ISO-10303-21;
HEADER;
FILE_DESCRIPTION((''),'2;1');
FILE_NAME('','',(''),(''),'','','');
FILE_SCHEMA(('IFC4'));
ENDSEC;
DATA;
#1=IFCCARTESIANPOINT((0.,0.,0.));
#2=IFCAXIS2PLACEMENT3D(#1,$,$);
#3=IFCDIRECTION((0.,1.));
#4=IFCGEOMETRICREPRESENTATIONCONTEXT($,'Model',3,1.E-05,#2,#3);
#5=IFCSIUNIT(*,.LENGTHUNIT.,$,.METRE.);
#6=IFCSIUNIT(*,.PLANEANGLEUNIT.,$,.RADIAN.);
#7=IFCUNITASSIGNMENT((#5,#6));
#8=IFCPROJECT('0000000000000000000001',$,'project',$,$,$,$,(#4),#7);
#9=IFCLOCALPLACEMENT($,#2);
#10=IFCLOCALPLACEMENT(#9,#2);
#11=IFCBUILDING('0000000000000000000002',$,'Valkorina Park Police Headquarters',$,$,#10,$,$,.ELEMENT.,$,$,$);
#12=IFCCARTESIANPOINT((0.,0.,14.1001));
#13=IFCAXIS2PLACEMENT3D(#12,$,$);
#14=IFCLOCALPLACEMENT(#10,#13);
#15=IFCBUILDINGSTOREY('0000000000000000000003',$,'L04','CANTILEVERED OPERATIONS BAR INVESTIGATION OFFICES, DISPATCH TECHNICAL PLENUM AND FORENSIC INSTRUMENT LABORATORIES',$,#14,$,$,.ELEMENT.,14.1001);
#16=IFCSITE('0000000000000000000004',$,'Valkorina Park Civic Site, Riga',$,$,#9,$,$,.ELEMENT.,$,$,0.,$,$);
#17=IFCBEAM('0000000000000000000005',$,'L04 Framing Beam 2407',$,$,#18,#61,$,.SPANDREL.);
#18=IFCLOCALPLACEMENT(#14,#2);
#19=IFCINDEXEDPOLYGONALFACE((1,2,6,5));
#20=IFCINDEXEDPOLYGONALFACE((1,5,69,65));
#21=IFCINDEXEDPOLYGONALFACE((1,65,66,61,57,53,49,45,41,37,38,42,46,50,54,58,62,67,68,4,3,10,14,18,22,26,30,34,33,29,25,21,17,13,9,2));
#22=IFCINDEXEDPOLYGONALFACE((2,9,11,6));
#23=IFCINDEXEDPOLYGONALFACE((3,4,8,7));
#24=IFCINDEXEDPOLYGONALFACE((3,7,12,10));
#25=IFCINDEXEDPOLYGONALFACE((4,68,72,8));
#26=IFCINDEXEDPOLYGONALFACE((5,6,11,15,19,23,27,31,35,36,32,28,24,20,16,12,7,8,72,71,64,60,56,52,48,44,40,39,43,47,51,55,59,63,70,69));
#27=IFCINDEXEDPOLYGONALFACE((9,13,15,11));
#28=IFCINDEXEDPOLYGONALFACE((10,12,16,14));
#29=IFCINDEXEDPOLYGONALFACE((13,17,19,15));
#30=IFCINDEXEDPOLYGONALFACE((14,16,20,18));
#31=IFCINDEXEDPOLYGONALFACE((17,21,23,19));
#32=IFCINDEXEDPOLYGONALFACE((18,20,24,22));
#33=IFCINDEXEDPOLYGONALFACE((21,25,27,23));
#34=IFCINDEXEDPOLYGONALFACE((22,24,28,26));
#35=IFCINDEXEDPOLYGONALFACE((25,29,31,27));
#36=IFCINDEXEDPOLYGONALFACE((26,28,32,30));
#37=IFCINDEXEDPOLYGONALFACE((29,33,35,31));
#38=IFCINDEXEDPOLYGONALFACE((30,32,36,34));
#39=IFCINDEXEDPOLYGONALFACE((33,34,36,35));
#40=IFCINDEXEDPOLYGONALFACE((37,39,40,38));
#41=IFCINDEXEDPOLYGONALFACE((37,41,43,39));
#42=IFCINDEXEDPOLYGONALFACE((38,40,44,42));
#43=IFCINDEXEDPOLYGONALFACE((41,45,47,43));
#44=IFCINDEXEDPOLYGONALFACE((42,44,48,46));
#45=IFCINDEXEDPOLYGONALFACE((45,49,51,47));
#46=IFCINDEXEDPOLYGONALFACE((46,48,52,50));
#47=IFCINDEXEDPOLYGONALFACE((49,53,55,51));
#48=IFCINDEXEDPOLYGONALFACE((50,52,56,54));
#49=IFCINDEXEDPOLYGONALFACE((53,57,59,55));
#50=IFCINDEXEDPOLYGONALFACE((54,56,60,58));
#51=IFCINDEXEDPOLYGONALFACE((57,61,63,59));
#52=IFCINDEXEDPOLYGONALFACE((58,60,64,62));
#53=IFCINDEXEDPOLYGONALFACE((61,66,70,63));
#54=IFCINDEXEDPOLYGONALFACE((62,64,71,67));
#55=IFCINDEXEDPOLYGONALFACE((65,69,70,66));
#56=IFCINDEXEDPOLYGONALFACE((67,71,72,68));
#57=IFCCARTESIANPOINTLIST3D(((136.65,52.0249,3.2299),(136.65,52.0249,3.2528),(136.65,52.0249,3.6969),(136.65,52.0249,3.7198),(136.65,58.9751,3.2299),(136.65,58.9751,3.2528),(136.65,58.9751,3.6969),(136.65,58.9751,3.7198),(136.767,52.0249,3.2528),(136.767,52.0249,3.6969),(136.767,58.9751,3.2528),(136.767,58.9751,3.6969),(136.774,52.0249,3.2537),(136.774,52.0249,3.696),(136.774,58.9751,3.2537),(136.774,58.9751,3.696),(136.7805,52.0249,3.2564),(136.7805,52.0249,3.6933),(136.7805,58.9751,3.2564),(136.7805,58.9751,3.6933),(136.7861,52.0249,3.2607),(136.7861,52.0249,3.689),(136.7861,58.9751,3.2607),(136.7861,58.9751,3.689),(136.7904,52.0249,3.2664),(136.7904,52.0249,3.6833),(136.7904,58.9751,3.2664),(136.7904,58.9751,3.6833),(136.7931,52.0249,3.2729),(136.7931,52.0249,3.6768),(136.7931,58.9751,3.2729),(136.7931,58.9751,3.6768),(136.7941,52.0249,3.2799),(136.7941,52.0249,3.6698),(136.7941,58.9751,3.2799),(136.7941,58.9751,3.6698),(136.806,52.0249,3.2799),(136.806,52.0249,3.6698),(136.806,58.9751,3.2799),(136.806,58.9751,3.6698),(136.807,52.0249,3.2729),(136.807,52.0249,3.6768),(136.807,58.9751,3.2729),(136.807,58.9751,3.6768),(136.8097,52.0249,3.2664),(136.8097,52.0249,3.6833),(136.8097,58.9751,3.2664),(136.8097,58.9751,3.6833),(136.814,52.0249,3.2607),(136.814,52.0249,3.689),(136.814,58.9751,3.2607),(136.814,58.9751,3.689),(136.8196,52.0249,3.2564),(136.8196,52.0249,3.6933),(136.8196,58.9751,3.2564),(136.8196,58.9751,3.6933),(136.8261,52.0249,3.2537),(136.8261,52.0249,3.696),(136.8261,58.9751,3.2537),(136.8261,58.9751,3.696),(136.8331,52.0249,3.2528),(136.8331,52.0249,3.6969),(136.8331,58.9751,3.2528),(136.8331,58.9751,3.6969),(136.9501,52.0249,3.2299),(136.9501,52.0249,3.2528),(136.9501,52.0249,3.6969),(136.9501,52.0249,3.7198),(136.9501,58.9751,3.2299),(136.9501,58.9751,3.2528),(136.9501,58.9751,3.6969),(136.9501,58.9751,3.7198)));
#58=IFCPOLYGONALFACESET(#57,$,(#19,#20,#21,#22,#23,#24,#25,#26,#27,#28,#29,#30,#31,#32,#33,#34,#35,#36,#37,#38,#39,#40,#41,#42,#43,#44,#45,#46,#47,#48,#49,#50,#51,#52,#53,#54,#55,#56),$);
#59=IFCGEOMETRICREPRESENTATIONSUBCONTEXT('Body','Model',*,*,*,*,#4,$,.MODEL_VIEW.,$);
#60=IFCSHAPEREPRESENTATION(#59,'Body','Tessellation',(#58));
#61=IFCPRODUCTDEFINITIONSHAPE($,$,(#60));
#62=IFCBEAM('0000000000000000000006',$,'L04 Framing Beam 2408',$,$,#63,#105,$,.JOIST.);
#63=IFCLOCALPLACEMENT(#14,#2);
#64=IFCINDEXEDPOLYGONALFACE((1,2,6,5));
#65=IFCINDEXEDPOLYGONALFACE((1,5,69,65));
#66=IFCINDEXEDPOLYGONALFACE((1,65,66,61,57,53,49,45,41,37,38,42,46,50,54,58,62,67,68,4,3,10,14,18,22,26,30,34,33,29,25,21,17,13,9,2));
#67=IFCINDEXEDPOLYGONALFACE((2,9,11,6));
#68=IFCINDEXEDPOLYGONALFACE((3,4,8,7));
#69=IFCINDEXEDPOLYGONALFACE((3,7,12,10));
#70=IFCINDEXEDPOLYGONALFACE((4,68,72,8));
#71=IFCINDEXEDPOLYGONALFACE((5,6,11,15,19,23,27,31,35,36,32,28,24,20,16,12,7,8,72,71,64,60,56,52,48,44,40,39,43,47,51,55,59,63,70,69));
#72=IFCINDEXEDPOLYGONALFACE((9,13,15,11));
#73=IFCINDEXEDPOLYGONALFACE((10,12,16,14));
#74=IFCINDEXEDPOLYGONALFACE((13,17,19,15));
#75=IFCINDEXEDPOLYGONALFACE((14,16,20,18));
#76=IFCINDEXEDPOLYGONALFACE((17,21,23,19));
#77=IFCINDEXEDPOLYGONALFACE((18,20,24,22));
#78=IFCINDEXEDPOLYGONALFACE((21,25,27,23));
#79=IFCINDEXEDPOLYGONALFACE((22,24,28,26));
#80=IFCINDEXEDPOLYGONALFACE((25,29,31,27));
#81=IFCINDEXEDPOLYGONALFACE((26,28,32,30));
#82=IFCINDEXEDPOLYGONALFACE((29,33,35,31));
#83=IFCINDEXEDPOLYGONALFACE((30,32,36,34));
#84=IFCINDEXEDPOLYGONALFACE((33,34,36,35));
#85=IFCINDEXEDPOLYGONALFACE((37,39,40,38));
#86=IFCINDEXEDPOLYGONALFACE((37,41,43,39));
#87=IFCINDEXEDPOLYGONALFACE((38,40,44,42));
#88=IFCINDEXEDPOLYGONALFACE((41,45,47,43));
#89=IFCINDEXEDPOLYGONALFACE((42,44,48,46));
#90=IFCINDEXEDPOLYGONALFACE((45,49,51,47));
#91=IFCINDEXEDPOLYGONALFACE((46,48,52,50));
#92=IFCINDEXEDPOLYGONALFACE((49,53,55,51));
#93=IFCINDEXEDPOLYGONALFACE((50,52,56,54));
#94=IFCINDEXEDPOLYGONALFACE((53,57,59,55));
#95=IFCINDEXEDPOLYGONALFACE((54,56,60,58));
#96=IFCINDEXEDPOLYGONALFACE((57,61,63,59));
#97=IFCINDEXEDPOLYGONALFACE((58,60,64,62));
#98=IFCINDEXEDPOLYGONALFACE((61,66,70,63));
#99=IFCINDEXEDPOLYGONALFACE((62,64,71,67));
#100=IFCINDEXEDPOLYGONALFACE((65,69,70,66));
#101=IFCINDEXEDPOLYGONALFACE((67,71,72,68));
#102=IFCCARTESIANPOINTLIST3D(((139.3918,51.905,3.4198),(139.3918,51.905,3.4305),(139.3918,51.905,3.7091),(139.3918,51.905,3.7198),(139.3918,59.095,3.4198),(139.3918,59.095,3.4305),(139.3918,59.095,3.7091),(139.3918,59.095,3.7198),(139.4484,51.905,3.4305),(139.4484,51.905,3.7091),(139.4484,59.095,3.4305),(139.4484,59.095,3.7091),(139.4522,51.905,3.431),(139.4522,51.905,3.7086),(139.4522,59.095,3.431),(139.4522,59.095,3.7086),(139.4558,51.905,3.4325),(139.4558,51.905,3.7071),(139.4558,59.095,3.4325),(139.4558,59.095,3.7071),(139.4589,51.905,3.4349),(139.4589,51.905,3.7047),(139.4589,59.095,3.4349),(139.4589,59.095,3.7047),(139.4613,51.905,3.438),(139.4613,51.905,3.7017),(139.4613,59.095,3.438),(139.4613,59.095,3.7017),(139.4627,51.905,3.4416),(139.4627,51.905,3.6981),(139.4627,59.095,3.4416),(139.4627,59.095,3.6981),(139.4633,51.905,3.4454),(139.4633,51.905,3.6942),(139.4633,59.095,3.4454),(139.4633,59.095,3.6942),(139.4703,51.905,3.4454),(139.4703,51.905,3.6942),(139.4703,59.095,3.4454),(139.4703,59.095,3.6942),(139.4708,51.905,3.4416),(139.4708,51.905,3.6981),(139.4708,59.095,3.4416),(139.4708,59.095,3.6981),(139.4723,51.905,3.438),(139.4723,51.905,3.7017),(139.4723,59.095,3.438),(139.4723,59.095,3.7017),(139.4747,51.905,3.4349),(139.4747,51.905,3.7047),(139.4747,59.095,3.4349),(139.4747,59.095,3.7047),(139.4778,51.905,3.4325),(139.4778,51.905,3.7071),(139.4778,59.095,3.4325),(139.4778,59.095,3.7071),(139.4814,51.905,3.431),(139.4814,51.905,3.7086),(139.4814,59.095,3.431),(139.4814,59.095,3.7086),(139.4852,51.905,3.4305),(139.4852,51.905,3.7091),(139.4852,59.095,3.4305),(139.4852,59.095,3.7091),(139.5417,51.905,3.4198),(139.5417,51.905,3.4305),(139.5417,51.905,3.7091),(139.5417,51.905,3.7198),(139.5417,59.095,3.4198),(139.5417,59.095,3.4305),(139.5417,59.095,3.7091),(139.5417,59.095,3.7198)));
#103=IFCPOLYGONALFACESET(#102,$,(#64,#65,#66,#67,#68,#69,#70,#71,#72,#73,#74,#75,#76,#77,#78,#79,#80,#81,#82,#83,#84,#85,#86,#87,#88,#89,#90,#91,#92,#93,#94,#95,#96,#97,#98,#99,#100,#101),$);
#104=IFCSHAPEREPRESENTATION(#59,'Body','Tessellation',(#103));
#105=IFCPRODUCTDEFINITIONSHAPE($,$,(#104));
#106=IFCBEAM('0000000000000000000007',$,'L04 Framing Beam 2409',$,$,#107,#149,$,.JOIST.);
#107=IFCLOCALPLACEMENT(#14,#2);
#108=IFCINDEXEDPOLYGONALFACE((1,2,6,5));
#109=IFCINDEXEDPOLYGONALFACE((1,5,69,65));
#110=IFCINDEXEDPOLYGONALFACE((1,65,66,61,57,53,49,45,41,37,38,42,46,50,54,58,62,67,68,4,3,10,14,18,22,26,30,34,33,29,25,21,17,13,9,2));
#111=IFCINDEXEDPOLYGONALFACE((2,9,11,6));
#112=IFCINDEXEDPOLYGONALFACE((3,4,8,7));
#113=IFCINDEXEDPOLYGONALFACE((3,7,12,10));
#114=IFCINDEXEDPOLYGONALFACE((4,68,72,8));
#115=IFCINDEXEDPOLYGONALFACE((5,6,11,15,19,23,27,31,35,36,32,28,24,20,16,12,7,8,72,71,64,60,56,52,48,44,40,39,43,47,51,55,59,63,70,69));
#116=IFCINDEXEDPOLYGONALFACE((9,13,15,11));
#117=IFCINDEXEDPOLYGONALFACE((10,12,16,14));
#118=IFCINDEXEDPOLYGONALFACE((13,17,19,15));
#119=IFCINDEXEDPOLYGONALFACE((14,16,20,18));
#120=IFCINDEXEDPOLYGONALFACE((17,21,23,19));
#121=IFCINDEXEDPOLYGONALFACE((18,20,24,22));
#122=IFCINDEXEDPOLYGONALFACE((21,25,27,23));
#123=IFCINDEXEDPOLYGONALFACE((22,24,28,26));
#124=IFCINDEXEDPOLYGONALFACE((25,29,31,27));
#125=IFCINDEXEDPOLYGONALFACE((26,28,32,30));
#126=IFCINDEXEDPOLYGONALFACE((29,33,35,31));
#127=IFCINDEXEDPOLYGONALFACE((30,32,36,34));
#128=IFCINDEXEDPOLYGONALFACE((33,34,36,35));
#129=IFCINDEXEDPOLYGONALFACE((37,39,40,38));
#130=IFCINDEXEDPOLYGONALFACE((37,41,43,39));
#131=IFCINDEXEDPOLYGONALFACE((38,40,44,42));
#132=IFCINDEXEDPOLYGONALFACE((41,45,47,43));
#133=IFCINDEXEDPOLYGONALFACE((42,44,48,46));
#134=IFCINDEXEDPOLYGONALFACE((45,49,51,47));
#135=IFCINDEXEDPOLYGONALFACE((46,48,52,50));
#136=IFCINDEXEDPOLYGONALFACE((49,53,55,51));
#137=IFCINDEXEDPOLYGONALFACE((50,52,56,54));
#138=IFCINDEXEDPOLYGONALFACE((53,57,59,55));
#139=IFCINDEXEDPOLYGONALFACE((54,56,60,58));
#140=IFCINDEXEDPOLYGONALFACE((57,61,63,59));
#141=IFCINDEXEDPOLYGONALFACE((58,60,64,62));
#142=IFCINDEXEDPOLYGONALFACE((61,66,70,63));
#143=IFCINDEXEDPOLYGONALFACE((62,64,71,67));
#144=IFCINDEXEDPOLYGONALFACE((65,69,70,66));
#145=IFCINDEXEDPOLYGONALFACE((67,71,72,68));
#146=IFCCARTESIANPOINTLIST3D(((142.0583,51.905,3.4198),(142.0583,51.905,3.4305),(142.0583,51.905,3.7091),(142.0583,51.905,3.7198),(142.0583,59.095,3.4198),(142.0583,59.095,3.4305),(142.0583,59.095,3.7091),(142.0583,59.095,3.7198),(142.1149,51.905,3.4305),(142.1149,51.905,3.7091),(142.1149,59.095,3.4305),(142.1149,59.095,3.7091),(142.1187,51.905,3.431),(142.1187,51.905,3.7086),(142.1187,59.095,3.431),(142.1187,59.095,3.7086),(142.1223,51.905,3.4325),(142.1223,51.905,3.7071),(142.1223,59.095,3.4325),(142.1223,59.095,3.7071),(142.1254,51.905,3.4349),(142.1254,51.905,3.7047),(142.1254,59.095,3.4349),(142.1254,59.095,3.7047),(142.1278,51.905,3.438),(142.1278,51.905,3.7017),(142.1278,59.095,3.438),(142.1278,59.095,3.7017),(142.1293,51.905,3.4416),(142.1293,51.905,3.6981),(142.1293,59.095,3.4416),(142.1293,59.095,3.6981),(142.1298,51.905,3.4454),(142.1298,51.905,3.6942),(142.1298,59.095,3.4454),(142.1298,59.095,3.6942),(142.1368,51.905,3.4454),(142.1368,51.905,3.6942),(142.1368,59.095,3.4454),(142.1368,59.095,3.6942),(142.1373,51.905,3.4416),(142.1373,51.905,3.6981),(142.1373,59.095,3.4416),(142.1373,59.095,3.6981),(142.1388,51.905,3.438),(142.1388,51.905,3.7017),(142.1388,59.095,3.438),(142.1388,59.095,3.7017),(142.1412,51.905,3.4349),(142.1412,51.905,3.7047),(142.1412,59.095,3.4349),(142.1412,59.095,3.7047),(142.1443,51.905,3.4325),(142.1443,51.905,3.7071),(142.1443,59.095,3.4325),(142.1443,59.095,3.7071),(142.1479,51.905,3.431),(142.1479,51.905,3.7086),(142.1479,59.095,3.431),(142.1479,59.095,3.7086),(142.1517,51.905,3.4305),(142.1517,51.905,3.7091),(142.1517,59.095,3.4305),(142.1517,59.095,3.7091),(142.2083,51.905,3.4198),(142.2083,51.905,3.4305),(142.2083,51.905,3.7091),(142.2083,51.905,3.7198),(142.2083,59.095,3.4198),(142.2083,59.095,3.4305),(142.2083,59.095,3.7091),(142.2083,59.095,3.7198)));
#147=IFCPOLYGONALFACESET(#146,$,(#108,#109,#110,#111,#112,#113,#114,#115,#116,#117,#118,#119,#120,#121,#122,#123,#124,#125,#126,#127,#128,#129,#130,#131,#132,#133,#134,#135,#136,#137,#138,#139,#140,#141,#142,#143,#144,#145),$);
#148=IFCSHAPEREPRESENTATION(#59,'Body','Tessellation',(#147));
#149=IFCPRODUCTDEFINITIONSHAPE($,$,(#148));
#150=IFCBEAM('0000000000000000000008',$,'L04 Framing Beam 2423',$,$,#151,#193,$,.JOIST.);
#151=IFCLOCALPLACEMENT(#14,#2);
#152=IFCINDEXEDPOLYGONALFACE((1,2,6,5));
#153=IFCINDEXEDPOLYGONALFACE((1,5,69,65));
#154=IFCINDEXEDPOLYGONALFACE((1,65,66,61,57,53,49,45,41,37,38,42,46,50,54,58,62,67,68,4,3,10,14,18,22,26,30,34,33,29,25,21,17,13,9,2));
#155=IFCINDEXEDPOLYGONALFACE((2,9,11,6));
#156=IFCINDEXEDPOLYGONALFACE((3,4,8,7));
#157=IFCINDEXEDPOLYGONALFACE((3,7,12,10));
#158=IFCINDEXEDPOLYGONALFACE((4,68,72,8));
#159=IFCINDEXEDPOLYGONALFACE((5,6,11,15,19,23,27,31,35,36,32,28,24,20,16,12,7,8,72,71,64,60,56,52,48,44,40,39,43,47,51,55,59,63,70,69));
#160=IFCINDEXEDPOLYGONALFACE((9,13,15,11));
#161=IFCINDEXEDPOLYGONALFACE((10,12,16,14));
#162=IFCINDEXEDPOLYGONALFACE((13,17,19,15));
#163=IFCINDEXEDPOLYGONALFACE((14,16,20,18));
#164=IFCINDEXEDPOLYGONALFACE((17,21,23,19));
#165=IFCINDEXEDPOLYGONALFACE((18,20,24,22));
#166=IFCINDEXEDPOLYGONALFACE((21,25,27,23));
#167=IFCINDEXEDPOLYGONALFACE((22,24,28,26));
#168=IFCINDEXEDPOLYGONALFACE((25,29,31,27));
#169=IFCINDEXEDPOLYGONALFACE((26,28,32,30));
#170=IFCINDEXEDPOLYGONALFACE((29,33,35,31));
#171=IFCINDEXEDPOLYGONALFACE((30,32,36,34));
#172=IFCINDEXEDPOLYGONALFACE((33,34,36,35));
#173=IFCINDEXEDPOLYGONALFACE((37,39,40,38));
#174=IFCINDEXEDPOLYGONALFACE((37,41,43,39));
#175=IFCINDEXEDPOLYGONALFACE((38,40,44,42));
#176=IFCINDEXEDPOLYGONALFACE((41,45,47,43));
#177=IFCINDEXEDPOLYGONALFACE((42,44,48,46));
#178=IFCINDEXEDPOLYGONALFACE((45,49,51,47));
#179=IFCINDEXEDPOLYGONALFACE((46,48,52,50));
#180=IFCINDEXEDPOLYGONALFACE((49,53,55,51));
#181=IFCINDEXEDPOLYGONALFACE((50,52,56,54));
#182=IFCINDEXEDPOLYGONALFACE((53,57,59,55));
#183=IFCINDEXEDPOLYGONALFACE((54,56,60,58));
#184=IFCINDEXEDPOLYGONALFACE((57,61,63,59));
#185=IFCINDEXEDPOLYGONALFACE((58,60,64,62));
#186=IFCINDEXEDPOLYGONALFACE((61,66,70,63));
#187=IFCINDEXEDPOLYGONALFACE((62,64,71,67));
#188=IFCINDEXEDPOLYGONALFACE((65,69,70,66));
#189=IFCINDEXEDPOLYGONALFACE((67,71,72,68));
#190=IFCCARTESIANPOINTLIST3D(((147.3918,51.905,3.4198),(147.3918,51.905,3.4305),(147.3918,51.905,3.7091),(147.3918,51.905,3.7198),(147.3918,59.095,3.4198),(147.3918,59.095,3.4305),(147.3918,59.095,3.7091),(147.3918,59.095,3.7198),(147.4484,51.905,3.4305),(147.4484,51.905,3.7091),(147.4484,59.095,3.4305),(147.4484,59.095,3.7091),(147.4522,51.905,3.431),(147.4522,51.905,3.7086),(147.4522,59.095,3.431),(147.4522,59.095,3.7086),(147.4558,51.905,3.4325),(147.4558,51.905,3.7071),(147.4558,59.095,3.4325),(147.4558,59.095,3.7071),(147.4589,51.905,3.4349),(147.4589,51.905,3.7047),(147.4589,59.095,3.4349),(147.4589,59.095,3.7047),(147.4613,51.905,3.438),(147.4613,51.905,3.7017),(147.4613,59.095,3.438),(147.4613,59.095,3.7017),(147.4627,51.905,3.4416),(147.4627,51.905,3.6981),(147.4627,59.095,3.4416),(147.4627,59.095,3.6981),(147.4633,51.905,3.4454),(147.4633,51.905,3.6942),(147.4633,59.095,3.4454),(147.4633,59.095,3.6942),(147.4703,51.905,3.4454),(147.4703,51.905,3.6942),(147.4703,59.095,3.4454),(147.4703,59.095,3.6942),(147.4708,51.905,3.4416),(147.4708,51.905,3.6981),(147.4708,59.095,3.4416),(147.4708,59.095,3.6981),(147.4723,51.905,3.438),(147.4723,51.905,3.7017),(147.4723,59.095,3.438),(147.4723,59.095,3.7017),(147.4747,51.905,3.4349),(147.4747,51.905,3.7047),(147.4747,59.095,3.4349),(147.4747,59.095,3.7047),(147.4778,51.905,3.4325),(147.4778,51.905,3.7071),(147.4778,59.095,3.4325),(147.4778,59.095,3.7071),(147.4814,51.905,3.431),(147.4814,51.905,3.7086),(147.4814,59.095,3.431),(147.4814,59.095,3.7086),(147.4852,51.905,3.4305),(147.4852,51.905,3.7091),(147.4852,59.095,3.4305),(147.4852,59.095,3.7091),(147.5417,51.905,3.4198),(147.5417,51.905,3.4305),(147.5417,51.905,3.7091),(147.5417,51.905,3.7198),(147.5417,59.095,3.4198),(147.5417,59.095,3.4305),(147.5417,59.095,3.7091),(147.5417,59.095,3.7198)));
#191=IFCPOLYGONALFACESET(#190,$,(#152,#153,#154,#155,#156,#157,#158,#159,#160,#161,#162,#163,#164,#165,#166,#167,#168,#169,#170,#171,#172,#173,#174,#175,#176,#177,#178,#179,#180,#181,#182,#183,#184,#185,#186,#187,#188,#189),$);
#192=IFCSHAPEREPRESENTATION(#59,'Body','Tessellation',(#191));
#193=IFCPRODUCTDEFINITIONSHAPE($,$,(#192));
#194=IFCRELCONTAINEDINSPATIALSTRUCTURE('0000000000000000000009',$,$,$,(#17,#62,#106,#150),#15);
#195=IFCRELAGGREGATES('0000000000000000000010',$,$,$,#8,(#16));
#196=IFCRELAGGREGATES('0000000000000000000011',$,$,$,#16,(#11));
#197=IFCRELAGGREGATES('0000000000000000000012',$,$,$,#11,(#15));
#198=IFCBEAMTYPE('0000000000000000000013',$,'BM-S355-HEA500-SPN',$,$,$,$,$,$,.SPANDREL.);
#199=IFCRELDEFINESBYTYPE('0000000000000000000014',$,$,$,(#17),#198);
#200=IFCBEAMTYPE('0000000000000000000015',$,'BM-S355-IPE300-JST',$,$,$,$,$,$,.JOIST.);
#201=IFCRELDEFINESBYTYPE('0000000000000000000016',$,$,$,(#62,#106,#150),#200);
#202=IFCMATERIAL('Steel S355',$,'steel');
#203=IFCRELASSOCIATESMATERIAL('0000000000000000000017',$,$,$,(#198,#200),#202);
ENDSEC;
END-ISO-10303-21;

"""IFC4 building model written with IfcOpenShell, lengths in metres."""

from ifc_helpers import new_model, si_unit, direction, frame, origin, origin_2d, place, context, subcontext, project, spatial, i_section, extrude, material, material_profile, profile_set, type_object, element, save


model = new_model("IFC4")

# Units and contexts
model_context = context("Model", 3, precision=1e-05, world=origin(), true_north=direction((0.0, 1.0)))
body_context = subcontext(model_context, "Body", "Model", "MODEL_VIEW")
ifc_project = project(units=[si_unit("LENGTHUNIT", "METRE"), si_unit("PLANEANGLEUNIT", "RADIAN")], contexts=[model_context])

# Site, building, storey
site_placement = place(None, origin())
site = spatial("IfcSite", under=ifc_project, at=site_placement, Name="Valkorina Park Civic Site, Riga", CompositionType="ELEMENT", RefElevation=0.0)
building_placement = place(site_placement, origin())
building = spatial("IfcBuilding", under=site, at=building_placement, Name="Valkorina Park Police Headquarters", CompositionType="ELEMENT")
storey_placement = place(building_placement, frame((0.0, 0.0, 14.1001)))
storey = spatial("IfcBuildingStorey", under=building, at=storey_placement, Name="L04", Description="CANTILEVERED OPERATIONS BAR INVESTIGATION OFFICES, DISPATCH TECHNICAL PLENUM AND FORENSIC INSTRUMENT LABORATORIES", CompositionType="ELEMENT", Elevation=14.1001)

# Shared definitions
ifc_material_1 = material(Name="Steel S355", Category="steel")

# Beams
ifc_material_profile_1 = material_profile(ifc_material_1, i_section(OverallWidth=0.3, OverallDepth=0.49, WebThickness=0.012, FlangeThickness=0.0229, FilletRadius=0.0271, at=origin_2d()), Name="HEA 500")
ifc_profile_set_1 = profile_set([ifc_material_profile_1], Name="Steel S355")
beam_type_1 = type_object("IfcBeamType", Name="BM-S355-HEA500-SPN", PredefinedType="SPANDREL", material=ifc_profile_set_1)
beam_1_placement = place(storey_placement, frame((136.8, 52.0249, 3.4749), z_axis=(0.0, 1.0, 0.0), x_axis=(-1.0, 0.0, 0.0)))
element("IfcBeam", 1, at=beam_1_placement, inside=storey, type_object=beam_type_1, Name="L04 Framing Beam 2407", PredefinedType="SPANDREL", context=body_context, shape_type="SweptSolid", body=[
    extrude(i_section(OverallWidth=0.3, OverallDepth=0.49, WebThickness=0.012, FlangeThickness=0.0229, FilletRadius=0.0271, at=origin_2d()), origin(), (0.0, 0.0, 1.0), 6.9502),
])
ifc_material_profile_2 = material_profile(ifc_material_1, i_section(OverallWidth=0.1499, OverallDepth=0.3, WebThickness=0.0071, FlangeThickness=0.0107, FilletRadius=0.0149, at=origin_2d()), Name="IPE 300")
ifc_profile_set_2 = profile_set([ifc_material_profile_2], Name="Steel S355")
beam_type_2 = type_object("IfcBeamType", Name="BM-S355-IPE300-JST", PredefinedType="JOIST", material=ifc_profile_set_2)
for number, where, z_axis, x_axis, name in (
    (2, (139.4668, 51.905, 3.5698), (0.0, 1.0, 0.0), (-1.0, 0.0, 0.0), "L04 Framing Beam 2408"),
    (3, (142.1333, 51.905, 3.5698), (0.0, 1.0, 0.0), (-1.0, 0.0, 0.0), "L04 Framing Beam 2409"),
    (4, (147.4668, 51.905, 3.5698), (0.0, 1.0, 0.0), (-1.0, 0.0, 0.0), "L04 Framing Beam 2423"),
):
    element("IfcBeam", number, at=place(storey_placement, frame(where, z_axis=z_axis, x_axis=x_axis)), inside=storey, type_object=beam_type_2, Name=name, PredefinedType="JOIST", context=body_context, shape_type="SweptSolid", body=[
        extrude(i_section(OverallWidth=0.1499, OverallDepth=0.3, WebThickness=0.0071, FlangeThickness=0.0107, FilletRadius=0.0149, at=origin_2d()), origin(), (0.0, 0.0, 1.0), 7.1899),
    ])

save(model, "model.ifc")
